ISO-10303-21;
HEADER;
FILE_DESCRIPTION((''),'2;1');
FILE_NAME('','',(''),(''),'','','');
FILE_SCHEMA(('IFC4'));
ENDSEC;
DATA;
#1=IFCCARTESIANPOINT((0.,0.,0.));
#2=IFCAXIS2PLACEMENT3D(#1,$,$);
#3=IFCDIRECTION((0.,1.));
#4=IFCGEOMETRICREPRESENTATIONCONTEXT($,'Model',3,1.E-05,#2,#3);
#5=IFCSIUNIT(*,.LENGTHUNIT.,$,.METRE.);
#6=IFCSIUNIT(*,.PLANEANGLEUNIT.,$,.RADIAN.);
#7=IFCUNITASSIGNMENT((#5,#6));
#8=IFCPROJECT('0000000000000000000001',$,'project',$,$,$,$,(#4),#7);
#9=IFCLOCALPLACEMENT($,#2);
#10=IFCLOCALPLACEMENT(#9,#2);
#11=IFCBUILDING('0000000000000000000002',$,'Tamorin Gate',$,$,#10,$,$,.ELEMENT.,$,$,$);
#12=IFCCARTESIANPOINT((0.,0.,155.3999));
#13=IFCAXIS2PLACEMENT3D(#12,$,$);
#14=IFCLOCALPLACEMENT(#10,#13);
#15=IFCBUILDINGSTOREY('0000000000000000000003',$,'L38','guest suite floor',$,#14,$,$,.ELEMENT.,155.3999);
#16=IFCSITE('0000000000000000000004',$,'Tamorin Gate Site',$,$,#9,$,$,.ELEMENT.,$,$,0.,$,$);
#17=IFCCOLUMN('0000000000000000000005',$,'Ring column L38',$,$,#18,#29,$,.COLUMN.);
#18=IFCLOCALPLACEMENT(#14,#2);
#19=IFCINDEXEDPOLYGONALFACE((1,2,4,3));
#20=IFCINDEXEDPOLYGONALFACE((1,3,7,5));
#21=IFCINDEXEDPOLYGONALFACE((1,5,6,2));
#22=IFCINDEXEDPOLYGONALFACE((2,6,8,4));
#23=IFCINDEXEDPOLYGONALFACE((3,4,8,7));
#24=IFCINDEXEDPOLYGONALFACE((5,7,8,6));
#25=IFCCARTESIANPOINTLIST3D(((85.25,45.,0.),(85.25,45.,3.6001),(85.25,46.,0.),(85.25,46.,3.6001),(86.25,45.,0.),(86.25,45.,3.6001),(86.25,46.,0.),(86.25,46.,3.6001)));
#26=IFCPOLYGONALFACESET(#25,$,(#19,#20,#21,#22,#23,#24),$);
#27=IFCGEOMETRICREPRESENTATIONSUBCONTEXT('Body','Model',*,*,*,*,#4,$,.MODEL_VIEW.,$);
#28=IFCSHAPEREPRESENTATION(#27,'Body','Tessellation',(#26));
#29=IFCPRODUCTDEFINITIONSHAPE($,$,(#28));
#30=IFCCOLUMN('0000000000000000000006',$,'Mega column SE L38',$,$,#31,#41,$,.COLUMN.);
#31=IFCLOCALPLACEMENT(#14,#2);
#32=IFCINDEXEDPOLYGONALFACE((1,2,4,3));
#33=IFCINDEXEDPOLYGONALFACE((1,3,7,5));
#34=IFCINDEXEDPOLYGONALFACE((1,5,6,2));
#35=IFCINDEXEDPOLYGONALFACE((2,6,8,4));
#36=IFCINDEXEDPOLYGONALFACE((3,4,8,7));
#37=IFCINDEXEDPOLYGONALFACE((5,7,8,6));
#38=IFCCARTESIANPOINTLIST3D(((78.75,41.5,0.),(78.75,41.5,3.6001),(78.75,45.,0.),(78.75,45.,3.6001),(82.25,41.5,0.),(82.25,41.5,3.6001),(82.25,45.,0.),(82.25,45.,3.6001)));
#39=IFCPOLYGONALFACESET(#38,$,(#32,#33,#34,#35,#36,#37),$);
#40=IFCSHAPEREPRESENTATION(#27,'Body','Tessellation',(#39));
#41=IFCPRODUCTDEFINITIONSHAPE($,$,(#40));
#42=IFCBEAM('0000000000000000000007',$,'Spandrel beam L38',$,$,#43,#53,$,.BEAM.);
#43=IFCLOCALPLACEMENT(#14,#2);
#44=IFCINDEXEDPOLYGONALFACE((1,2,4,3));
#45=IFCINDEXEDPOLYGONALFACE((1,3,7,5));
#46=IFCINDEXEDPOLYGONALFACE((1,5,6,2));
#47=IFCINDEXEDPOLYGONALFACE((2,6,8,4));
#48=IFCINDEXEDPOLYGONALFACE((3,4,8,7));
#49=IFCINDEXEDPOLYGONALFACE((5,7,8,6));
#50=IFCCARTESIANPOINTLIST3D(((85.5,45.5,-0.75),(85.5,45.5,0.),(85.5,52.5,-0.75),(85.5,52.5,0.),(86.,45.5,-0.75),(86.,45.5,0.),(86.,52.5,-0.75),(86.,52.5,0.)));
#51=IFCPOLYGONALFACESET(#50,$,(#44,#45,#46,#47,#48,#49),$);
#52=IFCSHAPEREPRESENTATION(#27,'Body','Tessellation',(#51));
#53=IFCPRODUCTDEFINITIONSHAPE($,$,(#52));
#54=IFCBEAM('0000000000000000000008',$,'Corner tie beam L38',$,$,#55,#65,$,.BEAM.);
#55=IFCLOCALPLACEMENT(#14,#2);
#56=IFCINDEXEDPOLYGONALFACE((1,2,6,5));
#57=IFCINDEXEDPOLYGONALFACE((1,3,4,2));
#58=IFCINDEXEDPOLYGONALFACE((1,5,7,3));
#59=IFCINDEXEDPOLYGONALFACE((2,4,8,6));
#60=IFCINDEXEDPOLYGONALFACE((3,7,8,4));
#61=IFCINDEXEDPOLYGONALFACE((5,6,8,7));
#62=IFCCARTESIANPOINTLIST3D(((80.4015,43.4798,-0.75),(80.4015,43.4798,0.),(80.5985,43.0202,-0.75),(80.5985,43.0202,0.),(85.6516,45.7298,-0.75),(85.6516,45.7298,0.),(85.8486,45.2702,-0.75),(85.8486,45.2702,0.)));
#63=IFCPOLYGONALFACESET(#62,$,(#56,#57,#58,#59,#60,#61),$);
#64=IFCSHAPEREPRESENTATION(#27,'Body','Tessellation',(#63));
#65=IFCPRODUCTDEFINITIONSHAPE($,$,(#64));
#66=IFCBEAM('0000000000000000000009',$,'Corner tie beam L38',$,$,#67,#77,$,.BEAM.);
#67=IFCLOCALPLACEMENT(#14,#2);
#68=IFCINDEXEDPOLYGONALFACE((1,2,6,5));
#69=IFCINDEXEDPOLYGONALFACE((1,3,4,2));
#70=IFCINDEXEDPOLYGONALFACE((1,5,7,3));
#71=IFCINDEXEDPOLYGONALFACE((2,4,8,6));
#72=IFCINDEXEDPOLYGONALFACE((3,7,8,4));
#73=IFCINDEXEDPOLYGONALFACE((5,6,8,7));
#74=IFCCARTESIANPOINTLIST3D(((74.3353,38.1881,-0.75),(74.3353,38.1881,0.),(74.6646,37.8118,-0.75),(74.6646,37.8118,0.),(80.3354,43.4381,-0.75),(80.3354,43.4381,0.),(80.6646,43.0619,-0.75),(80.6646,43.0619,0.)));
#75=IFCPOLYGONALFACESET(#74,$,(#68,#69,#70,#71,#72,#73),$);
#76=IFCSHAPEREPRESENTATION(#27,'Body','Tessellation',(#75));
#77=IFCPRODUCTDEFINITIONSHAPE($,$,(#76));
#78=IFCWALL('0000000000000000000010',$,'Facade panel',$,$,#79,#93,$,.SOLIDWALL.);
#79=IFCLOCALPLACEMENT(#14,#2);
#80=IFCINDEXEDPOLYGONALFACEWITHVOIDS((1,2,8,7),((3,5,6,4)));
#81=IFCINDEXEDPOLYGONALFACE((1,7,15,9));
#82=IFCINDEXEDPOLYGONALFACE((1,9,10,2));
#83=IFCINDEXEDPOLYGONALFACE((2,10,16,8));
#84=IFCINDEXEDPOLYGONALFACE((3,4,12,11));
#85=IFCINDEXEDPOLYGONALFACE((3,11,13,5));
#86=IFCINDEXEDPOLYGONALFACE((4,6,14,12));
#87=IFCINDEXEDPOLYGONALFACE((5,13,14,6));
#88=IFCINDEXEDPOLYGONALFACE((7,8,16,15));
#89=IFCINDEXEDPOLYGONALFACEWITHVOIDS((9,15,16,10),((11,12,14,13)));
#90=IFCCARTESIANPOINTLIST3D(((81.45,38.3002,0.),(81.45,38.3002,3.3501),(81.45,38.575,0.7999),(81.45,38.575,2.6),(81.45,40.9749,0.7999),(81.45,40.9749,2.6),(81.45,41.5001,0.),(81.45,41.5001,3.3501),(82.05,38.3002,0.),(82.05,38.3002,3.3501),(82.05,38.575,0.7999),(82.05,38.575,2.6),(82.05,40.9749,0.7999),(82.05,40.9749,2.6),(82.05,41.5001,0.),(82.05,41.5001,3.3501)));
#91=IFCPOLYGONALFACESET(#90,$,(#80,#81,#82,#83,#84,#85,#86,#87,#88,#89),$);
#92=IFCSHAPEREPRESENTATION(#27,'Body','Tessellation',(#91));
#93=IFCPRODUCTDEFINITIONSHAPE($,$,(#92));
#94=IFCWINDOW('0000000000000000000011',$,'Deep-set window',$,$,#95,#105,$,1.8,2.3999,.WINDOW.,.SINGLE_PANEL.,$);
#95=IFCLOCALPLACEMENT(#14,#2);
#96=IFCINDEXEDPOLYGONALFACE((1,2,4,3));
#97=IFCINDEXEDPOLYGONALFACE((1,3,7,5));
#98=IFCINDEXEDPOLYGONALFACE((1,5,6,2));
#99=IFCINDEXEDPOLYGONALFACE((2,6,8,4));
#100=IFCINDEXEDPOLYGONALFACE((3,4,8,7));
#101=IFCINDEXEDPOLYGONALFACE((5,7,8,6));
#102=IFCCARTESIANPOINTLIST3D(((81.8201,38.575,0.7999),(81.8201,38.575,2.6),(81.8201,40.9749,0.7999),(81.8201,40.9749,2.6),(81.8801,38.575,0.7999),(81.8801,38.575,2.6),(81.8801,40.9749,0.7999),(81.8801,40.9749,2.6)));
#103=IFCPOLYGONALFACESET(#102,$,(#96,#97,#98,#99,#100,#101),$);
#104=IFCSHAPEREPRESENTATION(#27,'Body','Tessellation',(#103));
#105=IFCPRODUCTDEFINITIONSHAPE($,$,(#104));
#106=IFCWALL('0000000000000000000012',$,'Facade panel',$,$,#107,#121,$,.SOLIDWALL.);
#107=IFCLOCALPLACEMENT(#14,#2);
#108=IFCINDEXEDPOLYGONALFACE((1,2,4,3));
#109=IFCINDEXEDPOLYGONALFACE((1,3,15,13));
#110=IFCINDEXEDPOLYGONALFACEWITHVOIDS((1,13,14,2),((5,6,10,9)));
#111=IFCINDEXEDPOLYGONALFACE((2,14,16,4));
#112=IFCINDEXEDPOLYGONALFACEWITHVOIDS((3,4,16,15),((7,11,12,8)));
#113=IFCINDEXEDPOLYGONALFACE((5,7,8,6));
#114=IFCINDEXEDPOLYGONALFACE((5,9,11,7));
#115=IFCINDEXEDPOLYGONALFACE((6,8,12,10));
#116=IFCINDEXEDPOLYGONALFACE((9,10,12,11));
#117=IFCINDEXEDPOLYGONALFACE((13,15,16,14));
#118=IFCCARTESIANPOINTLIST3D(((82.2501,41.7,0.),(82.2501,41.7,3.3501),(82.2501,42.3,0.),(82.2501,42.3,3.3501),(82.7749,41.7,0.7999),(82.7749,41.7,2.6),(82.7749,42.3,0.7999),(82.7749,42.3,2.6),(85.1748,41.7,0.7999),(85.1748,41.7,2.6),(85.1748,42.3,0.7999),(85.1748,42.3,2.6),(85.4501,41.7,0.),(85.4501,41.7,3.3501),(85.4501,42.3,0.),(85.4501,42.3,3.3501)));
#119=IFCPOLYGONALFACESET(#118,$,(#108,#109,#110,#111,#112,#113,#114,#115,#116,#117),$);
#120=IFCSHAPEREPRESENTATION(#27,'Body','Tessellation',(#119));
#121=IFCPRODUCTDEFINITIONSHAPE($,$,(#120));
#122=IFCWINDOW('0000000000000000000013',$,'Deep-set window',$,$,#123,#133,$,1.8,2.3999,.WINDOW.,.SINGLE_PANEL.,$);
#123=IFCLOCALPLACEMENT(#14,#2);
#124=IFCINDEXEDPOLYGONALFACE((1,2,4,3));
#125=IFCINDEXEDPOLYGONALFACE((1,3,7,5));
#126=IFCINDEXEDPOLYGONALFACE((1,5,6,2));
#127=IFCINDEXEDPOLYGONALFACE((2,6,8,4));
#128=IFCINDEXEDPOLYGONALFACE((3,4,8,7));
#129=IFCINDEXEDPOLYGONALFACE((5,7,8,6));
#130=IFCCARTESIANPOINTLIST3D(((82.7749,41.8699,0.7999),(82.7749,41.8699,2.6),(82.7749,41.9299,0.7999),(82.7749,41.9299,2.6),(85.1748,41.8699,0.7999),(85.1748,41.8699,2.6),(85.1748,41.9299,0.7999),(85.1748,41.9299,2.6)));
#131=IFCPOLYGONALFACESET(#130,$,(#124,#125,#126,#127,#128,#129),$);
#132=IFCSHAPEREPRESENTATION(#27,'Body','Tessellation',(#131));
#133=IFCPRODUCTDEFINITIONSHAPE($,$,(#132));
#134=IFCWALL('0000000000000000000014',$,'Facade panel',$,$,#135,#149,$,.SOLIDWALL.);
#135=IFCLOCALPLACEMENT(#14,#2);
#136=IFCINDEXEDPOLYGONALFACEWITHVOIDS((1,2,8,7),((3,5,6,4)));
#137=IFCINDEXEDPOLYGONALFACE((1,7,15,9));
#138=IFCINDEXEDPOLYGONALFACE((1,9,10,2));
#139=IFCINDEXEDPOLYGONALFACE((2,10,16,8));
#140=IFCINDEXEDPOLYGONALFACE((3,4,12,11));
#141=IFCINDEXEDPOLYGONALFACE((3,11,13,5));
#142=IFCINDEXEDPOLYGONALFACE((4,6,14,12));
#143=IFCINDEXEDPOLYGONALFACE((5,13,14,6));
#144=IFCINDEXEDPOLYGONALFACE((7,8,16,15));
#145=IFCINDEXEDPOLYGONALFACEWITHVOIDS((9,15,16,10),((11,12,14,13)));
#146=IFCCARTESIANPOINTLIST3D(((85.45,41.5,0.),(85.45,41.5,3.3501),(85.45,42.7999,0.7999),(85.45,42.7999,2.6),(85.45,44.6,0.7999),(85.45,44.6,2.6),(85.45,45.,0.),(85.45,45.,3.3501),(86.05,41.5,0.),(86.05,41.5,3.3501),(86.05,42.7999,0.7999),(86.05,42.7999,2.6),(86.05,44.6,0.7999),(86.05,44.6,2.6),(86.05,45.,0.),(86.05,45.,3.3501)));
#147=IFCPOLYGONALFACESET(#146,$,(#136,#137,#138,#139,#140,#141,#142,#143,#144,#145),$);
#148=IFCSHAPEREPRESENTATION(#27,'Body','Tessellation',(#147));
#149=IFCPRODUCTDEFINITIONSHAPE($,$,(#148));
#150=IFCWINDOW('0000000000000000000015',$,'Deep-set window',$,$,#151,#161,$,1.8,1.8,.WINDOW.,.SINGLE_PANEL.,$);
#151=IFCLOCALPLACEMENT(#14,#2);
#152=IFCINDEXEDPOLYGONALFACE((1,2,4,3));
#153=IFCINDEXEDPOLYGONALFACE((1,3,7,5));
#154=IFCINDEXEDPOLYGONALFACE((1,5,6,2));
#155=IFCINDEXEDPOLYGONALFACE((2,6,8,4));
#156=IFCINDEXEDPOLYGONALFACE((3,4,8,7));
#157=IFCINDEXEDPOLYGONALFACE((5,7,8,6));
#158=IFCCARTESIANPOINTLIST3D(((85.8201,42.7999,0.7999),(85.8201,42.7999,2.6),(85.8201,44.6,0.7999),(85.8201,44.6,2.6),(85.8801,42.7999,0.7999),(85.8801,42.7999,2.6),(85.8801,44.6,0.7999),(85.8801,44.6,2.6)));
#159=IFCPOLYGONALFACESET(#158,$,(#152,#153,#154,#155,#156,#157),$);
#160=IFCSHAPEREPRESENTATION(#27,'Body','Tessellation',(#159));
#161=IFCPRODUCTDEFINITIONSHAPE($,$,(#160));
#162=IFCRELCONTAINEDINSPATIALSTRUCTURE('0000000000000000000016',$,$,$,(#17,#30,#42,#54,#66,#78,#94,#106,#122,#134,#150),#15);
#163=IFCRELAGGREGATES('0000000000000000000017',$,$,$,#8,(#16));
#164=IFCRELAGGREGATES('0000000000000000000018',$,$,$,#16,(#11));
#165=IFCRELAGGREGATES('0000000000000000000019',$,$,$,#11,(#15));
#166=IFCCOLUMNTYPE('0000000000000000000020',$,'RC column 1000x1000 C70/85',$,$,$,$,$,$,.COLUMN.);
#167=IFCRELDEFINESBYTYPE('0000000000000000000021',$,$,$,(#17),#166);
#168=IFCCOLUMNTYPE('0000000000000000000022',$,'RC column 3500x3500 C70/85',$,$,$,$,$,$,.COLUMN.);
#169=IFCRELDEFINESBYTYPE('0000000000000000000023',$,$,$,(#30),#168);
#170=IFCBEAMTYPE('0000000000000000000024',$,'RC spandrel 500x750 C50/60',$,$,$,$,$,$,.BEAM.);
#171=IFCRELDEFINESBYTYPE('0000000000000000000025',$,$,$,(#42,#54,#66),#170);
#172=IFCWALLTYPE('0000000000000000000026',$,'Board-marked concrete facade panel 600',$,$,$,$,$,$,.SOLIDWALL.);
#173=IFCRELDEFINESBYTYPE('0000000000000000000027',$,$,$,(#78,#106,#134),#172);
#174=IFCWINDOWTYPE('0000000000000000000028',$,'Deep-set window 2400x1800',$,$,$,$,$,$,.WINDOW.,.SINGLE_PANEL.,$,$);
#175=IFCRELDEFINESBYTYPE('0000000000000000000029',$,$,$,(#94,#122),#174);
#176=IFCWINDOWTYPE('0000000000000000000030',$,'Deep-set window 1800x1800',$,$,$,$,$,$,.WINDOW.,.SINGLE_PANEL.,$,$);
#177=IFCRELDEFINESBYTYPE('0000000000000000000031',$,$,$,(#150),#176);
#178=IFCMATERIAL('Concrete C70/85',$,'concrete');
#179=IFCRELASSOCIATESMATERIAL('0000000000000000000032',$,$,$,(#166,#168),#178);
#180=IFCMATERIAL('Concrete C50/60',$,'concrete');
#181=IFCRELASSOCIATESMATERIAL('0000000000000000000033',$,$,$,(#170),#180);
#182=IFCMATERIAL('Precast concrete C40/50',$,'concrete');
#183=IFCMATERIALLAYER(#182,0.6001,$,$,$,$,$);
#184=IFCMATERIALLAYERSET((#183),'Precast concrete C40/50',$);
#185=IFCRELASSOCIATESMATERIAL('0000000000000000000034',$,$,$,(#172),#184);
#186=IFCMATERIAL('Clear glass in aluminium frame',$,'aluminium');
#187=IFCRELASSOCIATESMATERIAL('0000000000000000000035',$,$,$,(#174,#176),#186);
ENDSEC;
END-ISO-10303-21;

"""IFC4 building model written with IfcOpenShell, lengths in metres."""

from ifc_helpers import new_model, si_unit, direction, frame, frame_2d, origin, origin_2d, place, context, subcontext, project, spatial, rectangle, extrude, material, layer, layer_set, material_profile, profile_set, type_object, element, fill, save


model = new_model("IFC4")

# Units and contexts
model_context = context("Model", 3, precision=1e-05, world=origin(), true_north=direction((0.0, 1.0)))
body_context = subcontext(model_context, "Body", "Model", "MODEL_VIEW")
ifc_project = project(units=[si_unit("LENGTHUNIT", "METRE"), si_unit("PLANEANGLEUNIT", "RADIAN")], contexts=[model_context])

# Site, building, storey
site_placement = place(None, origin())
site = spatial("IfcSite", under=ifc_project, at=site_placement, Name="Tamorin Gate Site", CompositionType="ELEMENT", RefElevation=0.0)
building_placement = place(site_placement, origin())
building = spatial("IfcBuilding", under=site, at=building_placement, Name="Tamorin Gate", CompositionType="ELEMENT")
storey_placement = place(building_placement, frame((0.0, 0.0, 155.3999)))
storey = spatial("IfcBuildingStorey", under=building, at=storey_placement, Name="L38", Description="guest suite floor", CompositionType="ELEMENT", Elevation=155.3999)

# Columns
ifc_material_1 = material(Name="Concrete C70/85", Category="concrete")
ifc_material_profile_1 = material_profile(ifc_material_1, rectangle(XDim=1.0, YDim=1.0, at=origin_2d()), Name="RC 1000x1000")
ifc_profile_set_1 = profile_set([ifc_material_profile_1], Name="Concrete C70/85")
column_type_1 = type_object("IfcColumnType", Name="RC column 1000x1000 C70/85", PredefinedType="COLUMN", material=ifc_profile_set_1)
column_1_placement = place(storey_placement, frame((85.75, 45.5, 0.0), z_axis=(0.0, 0.0, 1.0), x_axis=(1.0, 0.0, 0.0)))
element("IfcColumn", 1, at=column_1_placement, inside=storey, type_object=column_type_1, Name="Ring column L38", PredefinedType="COLUMN", context=body_context, shape_type="SweptSolid", body=[
    extrude(rectangle(XDim=1.0, YDim=1.0, at=origin_2d()), origin(), (0.0, 0.0, 1.0), 3.6001),
])
ifc_material_profile_2 = material_profile(ifc_material_1, rectangle(XDim=3.5, YDim=3.5, at=origin_2d()), Name="RC 3500x3500")
ifc_profile_set_2 = profile_set([ifc_material_profile_2], Name="Concrete C70/85")
column_type_2 = type_object("IfcColumnType", Name="RC column 3500x3500 C70/85", PredefinedType="COLUMN", material=ifc_profile_set_2)
column_2_placement = place(storey_placement, frame((80.5, 43.25, 0.0), z_axis=(0.0, 0.0, 1.0), x_axis=(1.0, 0.0, 0.0)))
element("IfcColumn", 2, at=column_2_placement, inside=storey, type_object=column_type_2, Name="Mega column SE L38", PredefinedType="COLUMN", context=body_context, shape_type="SweptSolid", body=[
    extrude(rectangle(XDim=3.5, YDim=3.5, at=origin_2d()), origin(), (0.0, 0.0, 1.0), 3.6001),
])

# Beams
ifc_material_2 = material(Name="Concrete C50/60", Category="concrete")
ifc_material_profile_3 = material_profile(ifc_material_2, rectangle(XDim=0.5, YDim=0.75, at=origin_2d()), Name="RC 500x750")
ifc_profile_set_3 = profile_set([ifc_material_profile_3], Name="Concrete C50/60")
beam_type = type_object("IfcBeamType", Name="RC spandrel 500x750 C50/60", PredefinedType="BEAM", material=ifc_profile_set_3)
beam_1_placement = place(storey_placement, frame((85.75, 45.5, -0.375), z_axis=(0.0, 1.0, 0.0), x_axis=(-1.0, 0.0, 0.0)))
element("IfcBeam", 3, at=beam_1_placement, inside=storey, type_object=beam_type, Name="Spandrel beam L38", PredefinedType="BEAM", context=body_context, shape_type="SweptSolid", body=[
    extrude(rectangle(XDim=0.5, YDim=0.75, at=origin_2d()), origin(), (0.0, 0.0, 1.0), 7.0),
])
beam_2_placement = place(storey_placement, frame((80.5, 43.25, -0.375), z_axis=(0.919145, 0.393919, 0.0), x_axis=(-0.393919, 0.919145, 0.0)))
element("IfcBeam", 4, at=beam_2_placement, inside=storey, type_object=beam_type, Name="Corner tie beam L38", PredefinedType="BEAM", context=body_context, shape_type="SweptSolid", body=[
    extrude(rectangle(XDim=0.5, YDim=0.75, at=origin_2d()), origin(), (0.0, 0.0, 1.0), 5.7119),
])
beam_3_placement = place(storey_placement, frame((80.5, 43.25, -0.375), z_axis=(-0.752577, -0.658505, 0.0), x_axis=(0.658505, -0.752577, 0.0)))
element("IfcBeam", 5, at=beam_3_placement, inside=storey, type_object=beam_type, Name="Corner tie beam L38", PredefinedType="BEAM", context=body_context, shape_type="SweptSolid", body=[
    extrude(rectangle(XDim=0.5, YDim=0.75, at=origin_2d()), origin(), (0.0, 0.0, 1.0), 7.9727),
])

# Walls, openings, windows
ifc_material_3 = material(Name="Precast concrete C40/50", Category="concrete")
ifc_layer_1 = layer(ifc_material_3, 0.6001)
ifc_layer_set_1 = layer_set([ifc_layer_1], Name="Precast concrete C40/50")
wall_type_1 = type_object("IfcWallType", Name="Board-marked concrete facade panel 600", PredefinedType="SOLIDWALL", material=ifc_layer_set_1)
wall_1_placement = place(storey_placement, frame((81.75, 38.3, 0.0), z_axis=(0.0, 0.0, 1.0), x_axis=(0.0, 1.0, 0.0)))
wall_1 = element("IfcWall", 6, at=wall_1_placement, inside=storey, type_object=wall_type_1, Name="Facade panel", PredefinedType="SOLIDWALL", context=body_context, shape_type="SweptSolid", body=[
    extrude(rectangle(XDim=3.2, YDim=0.6001, at=frame_2d((1.6001, 0.0))), origin(), (0.0, 0.0, 1.0), 3.3501),
])
opening_1_placement = place(wall_1_placement, frame((0.2749, 0.0, 0.8)))
opening_1 = element("IfcOpeningElement", 7, at=opening_1_placement, cuts=wall_1, PredefinedType="OPENING", context=body_context, shape_type="SweptSolid", body=[
    extrude(rectangle(XDim=2.3999, YDim=1.8, at=frame_2d((1.2, 0.8999))), frame((0.0, 0.3101, 0.0), z_axis=(0.0, -1.0, 0.0), x_axis=(1.0, 0.0, 0.0)), (0.0, 0.0, 1.0), 0.6201),
])
ifc_material_4 = material(Name="Clear glass in aluminium frame", Category="aluminium")
window_type_1 = type_object("IfcWindowType", Name="Deep-set window 2400x1800", PartitioningType="SINGLE_PANEL", PredefinedType="WINDOW", material=ifc_material_4)
window_1_placement = place(opening_1_placement, origin())
window_1 = element("IfcWindow", 8, at=window_1_placement, inside=storey, type_object=window_type_1, Name="Deep-set window", OverallHeight=1.8, OverallWidth=2.3999, PartitioningType="SINGLE_PANEL", PredefinedType="WINDOW", context=body_context, shape_type="SweptSolid", body=[
    extrude(rectangle(XDim=2.3999, YDim=1.8, at=frame_2d((1.2, 0.8999))), frame((0.0, -0.0701, 0.0), z_axis=(0.0, -1.0, 0.0), x_axis=(1.0, 0.0, 0.0)), (0.0, 0.0, 1.0), 0.0601),
])
fill(opening_1, window_1)
wall_2_placement = place(storey_placement, frame((82.25, 42.0, 0.0), z_axis=(0.0, 0.0, 1.0), x_axis=(1.0, 0.0, 0.0)))
wall_2 = element("IfcWall", 9, at=wall_2_placement, inside=storey, type_object=wall_type_1, Name="Facade panel", PredefinedType="SOLIDWALL", context=body_context, shape_type="SweptSolid", body=[
    extrude(rectangle(XDim=3.2, YDim=0.6001, at=frame_2d((1.6001, 0.0))), origin(), (0.0, 0.0, 1.0), 3.3501),
])
opening_2_placement = place(wall_2_placement, frame((0.5249, 0.0, 0.8)))
opening_2 = element("IfcOpeningElement", 10, at=opening_2_placement, cuts=wall_2, PredefinedType="OPENING", context=body_context, shape_type="SweptSolid", body=[
    extrude(rectangle(XDim=2.3999, YDim=1.8, at=frame_2d((1.2, 0.8999))), frame((0.0, 0.3101, 0.0), z_axis=(0.0, -1.0, 0.0), x_axis=(1.0, 0.0, 0.0)), (0.0, 0.0, 1.0), 0.6201),
])
window_2_placement = place(opening_2_placement, origin())
window_2 = element("IfcWindow", 11, at=window_2_placement, inside=storey, type_object=window_type_1, Name="Deep-set window", OverallHeight=1.8, OverallWidth=2.3999, PartitioningType="SINGLE_PANEL", PredefinedType="WINDOW", context=body_context, shape_type="SweptSolid", body=[
    extrude(rectangle(XDim=2.3999, YDim=1.8, at=frame_2d((1.2, 0.8999))), frame((0.0, -0.0701, 0.0), z_axis=(0.0, -1.0, 0.0), x_axis=(1.0, 0.0, 0.0)), (0.0, 0.0, 1.0), 0.0601),
])
fill(opening_2, window_2)
wall_3_placement = place(storey_placement, frame((85.75, 41.5, 0.0), z_axis=(0.0, 0.0, 1.0), x_axis=(0.0, 1.0, 0.0)))
wall_3 = element("IfcWall", 12, at=wall_3_placement, inside=storey, type_object=wall_type_1, Name="Facade panel", PredefinedType="SOLIDWALL", context=body_context, shape_type="SweptSolid", body=[
    extrude(rectangle(XDim=3.5, YDim=0.6001, at=frame_2d((1.75, 0.0))), origin(), (0.0, 0.0, 1.0), 3.3501),
])
opening_3_placement = place(wall_3_placement, frame((1.3, 0.0, 0.8)))
opening_3 = element("IfcOpeningElement", 13, at=opening_3_placement, cuts=wall_3, PredefinedType="OPENING", context=body_context, shape_type="SweptSolid", body=[
    extrude(rectangle(XDim=1.8, YDim=1.8, at=frame_2d((0.8999, 0.8999))), frame((0.0, 0.3101, 0.0), z_axis=(0.0, -1.0, 0.0), x_axis=(1.0, 0.0, 0.0)), (0.0, 0.0, 1.0), 0.6201),
])
window_type_2 = type_object("IfcWindowType", Name="Deep-set window 1800x1800", PartitioningType="SINGLE_PANEL", PredefinedType="WINDOW", material=ifc_material_4)
window_3_placement = place(opening_3_placement, origin())
window_3 = element("IfcWindow", 14, at=window_3_placement, inside=storey, type_object=window_type_2, Name="Deep-set window", OverallHeight=1.8, OverallWidth=1.8, PartitioningType="SINGLE_PANEL", PredefinedType="WINDOW", context=body_context, shape_type="SweptSolid", body=[
    extrude(rectangle(XDim=1.8, YDim=1.8, at=frame_2d((0.8999, 0.8999))), frame((0.0, -0.0701, 0.0), z_axis=(0.0, -1.0, 0.0), x_axis=(1.0, 0.0, 0.0)), (0.0, 0.0, 1.0), 0.0601),
])
fill(opening_3, window_3)

save(model, "model.ifc")
